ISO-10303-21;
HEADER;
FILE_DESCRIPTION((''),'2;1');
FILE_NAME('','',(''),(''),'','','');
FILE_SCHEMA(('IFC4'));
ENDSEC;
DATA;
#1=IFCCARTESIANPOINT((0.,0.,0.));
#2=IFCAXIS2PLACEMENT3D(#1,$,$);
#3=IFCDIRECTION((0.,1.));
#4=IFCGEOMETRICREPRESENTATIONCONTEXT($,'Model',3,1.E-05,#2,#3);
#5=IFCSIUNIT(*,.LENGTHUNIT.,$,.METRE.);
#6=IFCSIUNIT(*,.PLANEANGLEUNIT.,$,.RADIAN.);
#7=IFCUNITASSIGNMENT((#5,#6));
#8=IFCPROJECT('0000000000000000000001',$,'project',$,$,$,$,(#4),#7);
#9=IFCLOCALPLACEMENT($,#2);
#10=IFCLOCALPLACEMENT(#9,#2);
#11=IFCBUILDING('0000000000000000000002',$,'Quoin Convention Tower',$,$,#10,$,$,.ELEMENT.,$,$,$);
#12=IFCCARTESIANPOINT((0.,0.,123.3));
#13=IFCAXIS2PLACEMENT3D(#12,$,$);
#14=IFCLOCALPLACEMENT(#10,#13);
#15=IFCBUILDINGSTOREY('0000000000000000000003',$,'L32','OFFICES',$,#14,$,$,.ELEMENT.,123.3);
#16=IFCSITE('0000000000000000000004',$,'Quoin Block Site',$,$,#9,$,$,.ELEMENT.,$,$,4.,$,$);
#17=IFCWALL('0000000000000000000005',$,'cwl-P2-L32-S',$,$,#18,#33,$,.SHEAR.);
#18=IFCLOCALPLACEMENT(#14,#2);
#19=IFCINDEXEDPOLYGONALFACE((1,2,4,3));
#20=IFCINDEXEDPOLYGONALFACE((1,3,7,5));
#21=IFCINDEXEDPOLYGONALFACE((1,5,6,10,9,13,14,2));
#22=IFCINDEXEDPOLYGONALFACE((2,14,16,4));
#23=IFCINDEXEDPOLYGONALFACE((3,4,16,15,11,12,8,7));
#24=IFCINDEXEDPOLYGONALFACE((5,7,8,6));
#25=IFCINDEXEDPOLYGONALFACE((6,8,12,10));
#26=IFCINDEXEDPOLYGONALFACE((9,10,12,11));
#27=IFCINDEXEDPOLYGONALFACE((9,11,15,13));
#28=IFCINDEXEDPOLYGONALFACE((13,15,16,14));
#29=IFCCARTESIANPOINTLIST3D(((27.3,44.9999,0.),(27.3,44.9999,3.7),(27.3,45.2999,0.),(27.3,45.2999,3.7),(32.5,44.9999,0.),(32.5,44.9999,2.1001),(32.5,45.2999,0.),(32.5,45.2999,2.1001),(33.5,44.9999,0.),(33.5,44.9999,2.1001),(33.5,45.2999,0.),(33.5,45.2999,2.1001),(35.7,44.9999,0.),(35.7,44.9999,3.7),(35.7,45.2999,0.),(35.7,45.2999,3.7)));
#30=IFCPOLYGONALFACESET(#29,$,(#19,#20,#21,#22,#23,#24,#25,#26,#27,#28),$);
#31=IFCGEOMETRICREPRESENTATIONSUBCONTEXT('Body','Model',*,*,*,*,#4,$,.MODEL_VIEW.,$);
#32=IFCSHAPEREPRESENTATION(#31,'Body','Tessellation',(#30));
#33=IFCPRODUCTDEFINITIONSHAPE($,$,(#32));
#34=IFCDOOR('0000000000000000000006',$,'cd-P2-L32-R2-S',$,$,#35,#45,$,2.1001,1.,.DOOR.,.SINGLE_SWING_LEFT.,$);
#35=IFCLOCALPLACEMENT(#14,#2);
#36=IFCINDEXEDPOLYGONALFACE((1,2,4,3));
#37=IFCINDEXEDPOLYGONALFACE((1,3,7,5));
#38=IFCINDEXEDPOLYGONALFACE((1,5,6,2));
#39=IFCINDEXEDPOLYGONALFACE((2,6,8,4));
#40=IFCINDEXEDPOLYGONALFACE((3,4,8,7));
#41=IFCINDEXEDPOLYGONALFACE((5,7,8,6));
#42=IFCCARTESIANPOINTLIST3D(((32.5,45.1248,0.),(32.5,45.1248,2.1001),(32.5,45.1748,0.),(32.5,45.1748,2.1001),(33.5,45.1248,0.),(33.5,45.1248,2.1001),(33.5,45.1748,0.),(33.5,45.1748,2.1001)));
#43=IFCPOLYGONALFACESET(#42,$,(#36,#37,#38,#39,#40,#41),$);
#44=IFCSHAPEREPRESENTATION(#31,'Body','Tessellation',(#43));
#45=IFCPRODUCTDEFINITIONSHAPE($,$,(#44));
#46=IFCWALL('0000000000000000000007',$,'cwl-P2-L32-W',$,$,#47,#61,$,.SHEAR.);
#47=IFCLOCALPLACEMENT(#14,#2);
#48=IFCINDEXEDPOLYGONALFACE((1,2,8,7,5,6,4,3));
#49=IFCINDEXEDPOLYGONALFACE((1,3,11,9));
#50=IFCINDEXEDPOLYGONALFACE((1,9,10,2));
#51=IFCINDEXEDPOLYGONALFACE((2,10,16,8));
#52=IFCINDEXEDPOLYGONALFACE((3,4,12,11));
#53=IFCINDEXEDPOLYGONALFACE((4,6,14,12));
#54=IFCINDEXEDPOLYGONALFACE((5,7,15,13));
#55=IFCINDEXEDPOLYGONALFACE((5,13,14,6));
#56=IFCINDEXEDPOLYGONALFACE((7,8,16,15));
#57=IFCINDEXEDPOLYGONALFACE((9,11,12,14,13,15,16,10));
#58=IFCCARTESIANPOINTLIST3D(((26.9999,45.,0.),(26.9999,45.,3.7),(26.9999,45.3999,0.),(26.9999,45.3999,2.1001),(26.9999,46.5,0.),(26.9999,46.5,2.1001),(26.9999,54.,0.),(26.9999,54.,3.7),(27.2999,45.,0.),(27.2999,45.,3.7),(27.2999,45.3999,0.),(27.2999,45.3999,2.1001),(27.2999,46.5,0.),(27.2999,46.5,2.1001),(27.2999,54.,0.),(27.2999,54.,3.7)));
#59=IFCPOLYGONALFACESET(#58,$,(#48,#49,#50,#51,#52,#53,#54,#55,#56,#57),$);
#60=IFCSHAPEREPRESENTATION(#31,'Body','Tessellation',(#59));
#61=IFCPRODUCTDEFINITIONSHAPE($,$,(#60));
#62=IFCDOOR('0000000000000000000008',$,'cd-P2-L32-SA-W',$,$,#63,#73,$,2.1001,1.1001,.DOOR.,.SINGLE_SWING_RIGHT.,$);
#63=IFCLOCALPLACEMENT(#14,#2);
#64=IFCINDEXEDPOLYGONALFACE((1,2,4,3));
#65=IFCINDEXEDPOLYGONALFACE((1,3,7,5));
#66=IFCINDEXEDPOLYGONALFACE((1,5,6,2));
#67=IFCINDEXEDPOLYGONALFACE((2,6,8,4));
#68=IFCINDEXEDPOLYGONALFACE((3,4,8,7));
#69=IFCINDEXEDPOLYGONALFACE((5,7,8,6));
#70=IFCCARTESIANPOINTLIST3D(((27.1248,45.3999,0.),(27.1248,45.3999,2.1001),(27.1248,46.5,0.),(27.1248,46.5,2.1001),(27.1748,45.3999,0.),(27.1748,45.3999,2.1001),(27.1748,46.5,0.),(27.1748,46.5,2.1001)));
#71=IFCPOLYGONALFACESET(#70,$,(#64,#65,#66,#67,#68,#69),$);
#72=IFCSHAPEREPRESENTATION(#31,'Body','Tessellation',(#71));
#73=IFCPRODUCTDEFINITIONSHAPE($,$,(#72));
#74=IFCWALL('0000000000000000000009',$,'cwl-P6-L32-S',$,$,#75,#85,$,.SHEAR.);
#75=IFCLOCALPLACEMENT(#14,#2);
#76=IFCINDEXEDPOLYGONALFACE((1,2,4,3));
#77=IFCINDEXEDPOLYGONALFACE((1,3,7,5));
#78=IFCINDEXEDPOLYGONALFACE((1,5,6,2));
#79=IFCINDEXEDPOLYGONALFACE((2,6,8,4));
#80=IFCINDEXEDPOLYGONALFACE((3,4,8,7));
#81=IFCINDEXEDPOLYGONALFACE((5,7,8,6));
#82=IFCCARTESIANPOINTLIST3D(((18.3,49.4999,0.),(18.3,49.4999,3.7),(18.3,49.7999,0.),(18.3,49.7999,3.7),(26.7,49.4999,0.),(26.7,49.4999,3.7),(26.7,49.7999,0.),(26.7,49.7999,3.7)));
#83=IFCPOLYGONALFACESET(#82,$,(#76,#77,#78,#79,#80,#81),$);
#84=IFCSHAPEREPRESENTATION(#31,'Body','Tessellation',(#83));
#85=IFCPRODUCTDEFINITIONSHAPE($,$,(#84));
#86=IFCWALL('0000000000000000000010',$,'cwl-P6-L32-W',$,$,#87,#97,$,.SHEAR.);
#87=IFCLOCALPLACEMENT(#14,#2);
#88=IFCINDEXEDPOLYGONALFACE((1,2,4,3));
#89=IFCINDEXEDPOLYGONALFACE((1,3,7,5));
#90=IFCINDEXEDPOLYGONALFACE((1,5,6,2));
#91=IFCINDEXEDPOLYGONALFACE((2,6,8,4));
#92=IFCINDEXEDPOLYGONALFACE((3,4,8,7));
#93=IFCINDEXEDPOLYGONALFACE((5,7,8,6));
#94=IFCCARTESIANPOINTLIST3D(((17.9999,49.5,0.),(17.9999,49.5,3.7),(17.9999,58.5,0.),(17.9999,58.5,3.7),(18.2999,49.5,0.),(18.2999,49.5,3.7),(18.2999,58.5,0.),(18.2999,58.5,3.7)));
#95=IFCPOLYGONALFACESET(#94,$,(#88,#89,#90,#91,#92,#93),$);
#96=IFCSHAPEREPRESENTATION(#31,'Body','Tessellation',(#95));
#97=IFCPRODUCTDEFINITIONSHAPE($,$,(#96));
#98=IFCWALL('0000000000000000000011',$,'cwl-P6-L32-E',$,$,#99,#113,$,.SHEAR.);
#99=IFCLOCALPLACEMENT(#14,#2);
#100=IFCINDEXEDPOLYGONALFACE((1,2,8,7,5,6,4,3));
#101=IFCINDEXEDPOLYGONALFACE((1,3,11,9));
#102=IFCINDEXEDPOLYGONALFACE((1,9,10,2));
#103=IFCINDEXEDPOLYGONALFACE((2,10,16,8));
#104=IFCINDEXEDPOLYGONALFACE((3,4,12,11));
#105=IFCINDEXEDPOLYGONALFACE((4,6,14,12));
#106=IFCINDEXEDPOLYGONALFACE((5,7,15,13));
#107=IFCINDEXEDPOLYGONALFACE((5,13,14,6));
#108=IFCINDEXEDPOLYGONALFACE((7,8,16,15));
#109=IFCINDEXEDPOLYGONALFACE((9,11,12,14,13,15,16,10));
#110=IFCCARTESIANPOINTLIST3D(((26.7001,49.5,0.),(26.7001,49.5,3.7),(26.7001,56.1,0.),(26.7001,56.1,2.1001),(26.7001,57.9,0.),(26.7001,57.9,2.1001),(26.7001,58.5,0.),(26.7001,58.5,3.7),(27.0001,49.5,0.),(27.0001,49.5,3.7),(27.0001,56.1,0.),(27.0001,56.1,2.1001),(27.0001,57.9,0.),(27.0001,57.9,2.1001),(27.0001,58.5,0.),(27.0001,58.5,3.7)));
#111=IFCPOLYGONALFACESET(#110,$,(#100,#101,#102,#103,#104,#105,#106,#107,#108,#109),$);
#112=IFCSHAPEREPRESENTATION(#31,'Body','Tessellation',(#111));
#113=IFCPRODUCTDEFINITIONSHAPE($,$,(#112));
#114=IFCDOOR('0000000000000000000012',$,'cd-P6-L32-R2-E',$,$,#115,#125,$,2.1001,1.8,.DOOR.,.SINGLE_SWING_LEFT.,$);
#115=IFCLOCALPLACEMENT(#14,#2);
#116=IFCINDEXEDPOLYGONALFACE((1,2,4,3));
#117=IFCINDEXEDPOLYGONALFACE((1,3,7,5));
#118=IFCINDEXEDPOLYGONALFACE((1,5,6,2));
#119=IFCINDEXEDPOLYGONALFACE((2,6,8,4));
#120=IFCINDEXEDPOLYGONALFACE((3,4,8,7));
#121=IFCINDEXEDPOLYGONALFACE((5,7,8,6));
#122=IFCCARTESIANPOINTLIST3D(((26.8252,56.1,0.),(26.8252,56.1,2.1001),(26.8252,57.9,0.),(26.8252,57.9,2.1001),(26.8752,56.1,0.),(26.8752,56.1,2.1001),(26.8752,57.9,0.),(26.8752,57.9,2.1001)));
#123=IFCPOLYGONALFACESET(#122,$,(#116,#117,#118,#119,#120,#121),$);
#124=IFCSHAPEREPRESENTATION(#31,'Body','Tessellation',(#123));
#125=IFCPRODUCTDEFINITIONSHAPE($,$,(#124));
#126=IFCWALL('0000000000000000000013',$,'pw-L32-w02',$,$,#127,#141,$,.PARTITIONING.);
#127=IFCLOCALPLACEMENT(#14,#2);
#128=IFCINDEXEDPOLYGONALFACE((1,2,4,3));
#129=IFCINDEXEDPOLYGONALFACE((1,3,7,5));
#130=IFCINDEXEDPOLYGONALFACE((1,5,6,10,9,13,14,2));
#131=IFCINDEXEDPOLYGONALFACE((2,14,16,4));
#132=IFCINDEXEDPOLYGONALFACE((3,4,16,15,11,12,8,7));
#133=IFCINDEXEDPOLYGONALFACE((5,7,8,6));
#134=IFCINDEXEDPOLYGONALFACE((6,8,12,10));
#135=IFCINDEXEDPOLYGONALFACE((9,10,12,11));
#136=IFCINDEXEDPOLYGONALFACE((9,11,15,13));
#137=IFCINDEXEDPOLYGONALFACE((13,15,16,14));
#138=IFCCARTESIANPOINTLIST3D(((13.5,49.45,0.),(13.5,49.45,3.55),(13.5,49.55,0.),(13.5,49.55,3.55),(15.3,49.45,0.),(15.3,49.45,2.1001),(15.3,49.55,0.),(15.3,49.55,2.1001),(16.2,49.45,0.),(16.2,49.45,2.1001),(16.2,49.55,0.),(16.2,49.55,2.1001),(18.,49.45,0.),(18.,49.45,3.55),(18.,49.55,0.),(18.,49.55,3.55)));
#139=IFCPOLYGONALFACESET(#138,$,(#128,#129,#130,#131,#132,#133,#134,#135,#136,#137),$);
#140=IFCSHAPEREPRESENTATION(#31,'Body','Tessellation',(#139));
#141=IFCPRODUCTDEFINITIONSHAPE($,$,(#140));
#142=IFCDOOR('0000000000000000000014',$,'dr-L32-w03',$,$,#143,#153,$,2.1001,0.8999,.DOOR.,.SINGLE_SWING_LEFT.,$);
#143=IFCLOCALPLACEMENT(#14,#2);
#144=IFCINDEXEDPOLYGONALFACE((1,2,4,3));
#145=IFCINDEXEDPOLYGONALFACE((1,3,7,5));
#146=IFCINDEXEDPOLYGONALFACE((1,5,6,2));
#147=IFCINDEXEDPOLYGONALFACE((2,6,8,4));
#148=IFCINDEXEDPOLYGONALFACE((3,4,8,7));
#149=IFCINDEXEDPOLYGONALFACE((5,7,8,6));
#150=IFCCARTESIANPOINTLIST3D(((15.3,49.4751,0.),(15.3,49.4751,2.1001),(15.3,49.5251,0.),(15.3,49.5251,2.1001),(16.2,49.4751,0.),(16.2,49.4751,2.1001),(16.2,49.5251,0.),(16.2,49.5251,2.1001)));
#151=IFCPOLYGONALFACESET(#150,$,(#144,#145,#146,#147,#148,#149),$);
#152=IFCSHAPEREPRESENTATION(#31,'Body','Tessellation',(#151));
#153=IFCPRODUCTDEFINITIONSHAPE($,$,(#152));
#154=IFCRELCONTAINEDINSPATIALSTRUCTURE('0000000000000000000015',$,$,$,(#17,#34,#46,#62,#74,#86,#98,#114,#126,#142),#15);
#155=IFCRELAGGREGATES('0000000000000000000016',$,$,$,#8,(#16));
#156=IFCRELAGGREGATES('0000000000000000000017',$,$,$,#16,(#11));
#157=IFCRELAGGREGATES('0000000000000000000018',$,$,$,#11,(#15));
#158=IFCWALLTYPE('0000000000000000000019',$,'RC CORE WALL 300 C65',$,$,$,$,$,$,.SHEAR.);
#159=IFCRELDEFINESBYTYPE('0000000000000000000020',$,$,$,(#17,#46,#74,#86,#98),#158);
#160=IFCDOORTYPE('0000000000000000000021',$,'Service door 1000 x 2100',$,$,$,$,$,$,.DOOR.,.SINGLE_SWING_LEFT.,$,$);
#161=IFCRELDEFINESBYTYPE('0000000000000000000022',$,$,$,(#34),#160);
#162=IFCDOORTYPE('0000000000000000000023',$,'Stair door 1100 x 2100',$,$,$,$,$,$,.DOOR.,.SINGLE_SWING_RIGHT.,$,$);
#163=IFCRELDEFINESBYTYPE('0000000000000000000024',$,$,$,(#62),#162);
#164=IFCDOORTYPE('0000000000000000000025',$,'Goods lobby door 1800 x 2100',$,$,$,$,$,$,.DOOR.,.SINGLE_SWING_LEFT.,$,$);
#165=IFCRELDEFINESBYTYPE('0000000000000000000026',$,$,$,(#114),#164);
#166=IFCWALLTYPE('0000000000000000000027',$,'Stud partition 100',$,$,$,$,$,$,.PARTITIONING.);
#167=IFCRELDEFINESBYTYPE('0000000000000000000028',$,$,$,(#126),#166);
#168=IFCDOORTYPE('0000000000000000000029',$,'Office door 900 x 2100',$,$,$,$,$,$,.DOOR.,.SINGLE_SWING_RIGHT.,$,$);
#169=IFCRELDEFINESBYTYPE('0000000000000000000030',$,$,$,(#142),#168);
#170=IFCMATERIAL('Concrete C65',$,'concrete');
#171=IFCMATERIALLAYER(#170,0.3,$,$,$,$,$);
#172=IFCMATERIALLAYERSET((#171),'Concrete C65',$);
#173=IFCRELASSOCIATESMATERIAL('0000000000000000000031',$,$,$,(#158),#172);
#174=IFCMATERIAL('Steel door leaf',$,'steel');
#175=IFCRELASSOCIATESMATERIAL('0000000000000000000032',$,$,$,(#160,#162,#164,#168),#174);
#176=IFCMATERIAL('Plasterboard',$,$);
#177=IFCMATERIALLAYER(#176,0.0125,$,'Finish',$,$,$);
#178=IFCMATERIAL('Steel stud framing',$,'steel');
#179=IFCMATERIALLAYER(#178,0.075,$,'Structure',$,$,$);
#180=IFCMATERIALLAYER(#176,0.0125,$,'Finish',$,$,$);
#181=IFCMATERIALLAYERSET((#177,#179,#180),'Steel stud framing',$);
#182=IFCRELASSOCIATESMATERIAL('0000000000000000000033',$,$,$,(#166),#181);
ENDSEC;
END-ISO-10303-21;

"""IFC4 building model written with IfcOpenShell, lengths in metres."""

from ifc_helpers import new_model, si_unit, direction, frame, frame_2d, origin, place, context, subcontext, project, spatial, rectangle, extrude, material, layer, layer_set, type_object, element, fill, save


model = new_model("IFC4")

# Units and contexts
model_context = context("Model", 3, precision=1e-05, world=origin(), true_north=direction((0.0, 1.0)))
body_context = subcontext(model_context, "Body", "Model", "MODEL_VIEW")
ifc_project = project(units=[si_unit("LENGTHUNIT", "METRE"), si_unit("PLANEANGLEUNIT", "RADIAN")], contexts=[model_context])

# Site, building, storey
site_placement = place(None, origin())
site = spatial("IfcSite", under=ifc_project, at=site_placement, Name="Quoin Block Site", CompositionType="ELEMENT", RefElevation=4.0)
building_placement = place(site_placement, origin())
building = spatial("IfcBuilding", under=site, at=building_placement, Name="Quoin Convention Tower", CompositionType="ELEMENT")
storey_placement = place(building_placement, frame((0.0, 0.0, 123.3)))
storey = spatial("IfcBuildingStorey", under=building, at=storey_placement, Name="L32", Description="OFFICES", CompositionType="ELEMENT", Elevation=123.3)

# Shared definitions
ifc_material_1 = material(Name="Concrete C65", Category="concrete")

# Shared definitions
ifc_material_2 = material(Name="Plasterboard")
ifc_material_3 = material(Name="Steel stud framing", Category="steel")

# Walls, openings, doors
ifc_layer_1 = layer(ifc_material_1, 0.3)
ifc_layer_set_1 = layer_set([ifc_layer_1], Name="Concrete C65")
wall_type_1 = type_object("IfcWallType", Name="RC CORE WALL 300 C65", PredefinedType="SHEAR", material=ifc_layer_set_1)
wall_1_placement = place(storey_placement, frame((27.3, 45.1499, 0.0), z_axis=(0.0, 0.0, 1.0), x_axis=(1.0, 0.0, 0.0)))
wall_1 = element("IfcWall", 1, at=wall_1_placement, inside=storey, type_object=wall_type_1, Name="cwl-P2-L32-S", PredefinedType="SHEAR", context=body_context, shape_type="SweptSolid", body=[
    extrude(rectangle(XDim=8.3999, YDim=0.3, at=frame_2d((4.2, 0.0))), origin(), (0.0, 0.0, 1.0), 3.7),
])
opening_1_placement = place(wall_1_placement, frame((5.2, 0.0, 0.0)))
opening_1 = element("IfcOpeningElement", 2, at=opening_1_placement, cuts=wall_1, PredefinedType="OPENING", context=body_context, shape_type="SweptSolid", body=[
    extrude(rectangle(XDim=1.0, YDim=2.1001, at=frame_2d((0.5, 1.05))), frame((0.0, 0.1599, 0.0), z_axis=(0.0, -1.0, 0.0), x_axis=(1.0, 0.0, 0.0)), (0.0, 0.0, 1.0), 0.3201),
])
ifc_material_4 = material(Name="Steel door leaf", Category="steel")
door_type_1 = type_object("IfcDoorType", Name="Service door 1000 x 2100", OperationType="SINGLE_SWING_LEFT", PredefinedType="DOOR", material=ifc_material_4)
door_1_placement = place(opening_1_placement, origin())
door_1 = element("IfcDoor", 3, at=door_1_placement, inside=storey, type_object=door_type_1, Name="cd-P2-L32-R2-S", OperationType="SINGLE_SWING_LEFT", OverallHeight=2.1001, OverallWidth=1.0, PredefinedType="DOOR", context=body_context, shape_type="SweptSolid", body=[
    extrude(rectangle(XDim=1.0, YDim=2.1001, at=frame_2d((0.5, 1.05))), frame((0.0, 0.0249, 0.0), z_axis=(0.0, -1.0, 0.0), x_axis=(1.0, 0.0, 0.0)), (0.0, 0.0, 1.0), 0.05),
])
fill(opening_1, door_1)
wall_2_placement = place(storey_placement, frame((27.1499, 45.0, 0.0), z_axis=(0.0, 0.0, 1.0), x_axis=(0.0, 1.0, 0.0)))
wall_2 = element("IfcWall", 4, at=wall_2_placement, inside=storey, type_object=wall_type_1, Name="cwl-P2-L32-W", PredefinedType="SHEAR", context=body_context, shape_type="SweptSolid", body=[
    extrude(rectangle(XDim=9.0, YDim=0.3, at=frame_2d((4.5, 0.0))), origin(), (0.0, 0.0, 1.0), 3.7),
])
opening_2_placement = place(wall_2_placement, frame((0.3999, 0.0, 0.0)))
opening_2 = element("IfcOpeningElement", 5, at=opening_2_placement, cuts=wall_2, PredefinedType="OPENING", context=body_context, shape_type="SweptSolid", body=[
    extrude(rectangle(XDim=1.1001, YDim=2.1001, at=frame_2d((0.55, 1.05))), frame((0.0, 0.1599, 0.0), z_axis=(0.0, -1.0, 0.0), x_axis=(1.0, 0.0, 0.0)), (0.0, 0.0, 1.0), 0.3201),
])
door_type_2 = type_object("IfcDoorType", Name="Stair door 1100 x 2100", OperationType="SINGLE_SWING_RIGHT", PredefinedType="DOOR", material=ifc_material_4)
door_2_placement = place(opening_2_placement, frame((1.1001, 0.0, 0.0), z_axis=(0.0, 0.0, 1.0), x_axis=(-1.0, 0.0, 0.0)))
door_2 = element("IfcDoor", 6, at=door_2_placement, inside=storey, type_object=door_type_2, Name="cd-P2-L32-SA-W", OperationType="SINGLE_SWING_RIGHT", OverallHeight=2.1001, OverallWidth=1.1001, PredefinedType="DOOR", context=body_context, shape_type="SweptSolid", body=[
    extrude(rectangle(XDim=1.1001, YDim=2.1001, at=frame_2d((0.55, 1.05))), frame((0.0, 0.0249, 0.0), z_axis=(0.0, -1.0, 0.0), x_axis=(1.0, 0.0, 0.0)), (0.0, 0.0, 1.0), 0.05),
])
fill(opening_2, door_2)

# Walls
wall_3_placement = place(storey_placement, frame((18.3, 49.6499, 0.0), z_axis=(0.0, 0.0, 1.0), x_axis=(1.0, 0.0, 0.0)))
element("IfcWall", 7, at=wall_3_placement, inside=storey, type_object=wall_type_1, Name="cwl-P6-L32-S", PredefinedType="SHEAR", context=body_context, shape_type="SweptSolid", body=[
    extrude(rectangle(XDim=8.3999, YDim=0.3, at=frame_2d((4.2, 0.0))), origin(), (0.0, 0.0, 1.0), 3.7),
])
wall_4_placement = place(storey_placement, frame((18.1499, 49.5, 0.0), z_axis=(0.0, 0.0, 1.0), x_axis=(0.0, 1.0, 0.0)))
element("IfcWall", 8, at=wall_4_placement, inside=storey, type_object=wall_type_1, Name="cwl-P6-L32-W", PredefinedType="SHEAR", context=body_context, shape_type="SweptSolid", body=[
    extrude(rectangle(XDim=9.0, YDim=0.3, at=frame_2d((4.5, 0.0))), origin(), (0.0, 0.0, 1.0), 3.7),
])

# Walls, openings, doors
wall_5_placement = place(storey_placement, frame((26.8501, 49.5, 0.0), z_axis=(0.0, 0.0, 1.0), x_axis=(0.0, 1.0, 0.0)))
wall_5 = element("IfcWall", 9, at=wall_5_placement, inside=storey, type_object=wall_type_1, Name="cwl-P6-L32-E", PredefinedType="SHEAR", context=body_context, shape_type="SweptSolid", body=[
    extrude(rectangle(XDim=9.0, YDim=0.3, at=frame_2d((4.5, 0.0))), origin(), (0.0, 0.0, 1.0), 3.7),
])
opening_3_placement = place(wall_5_placement, frame((6.6001, 0.0, 0.0)))
opening_3 = element("IfcOpeningElement", 10, at=opening_3_placement, cuts=wall_5, PredefinedType="OPENING", context=body_context, shape_type="SweptSolid", body=[
    extrude(rectangle(XDim=1.8, YDim=2.1001, at=frame_2d((0.8999, 1.05))), frame((0.0, 0.1599, 0.0), z_axis=(0.0, -1.0, 0.0), x_axis=(1.0, 0.0, 0.0)), (0.0, 0.0, 1.0), 0.3201),
])
door_type_3 = type_object("IfcDoorType", Name="Goods lobby door 1800 x 2100", OperationType="SINGLE_SWING_LEFT", PredefinedType="DOOR", material=ifc_material_4)
door_3_placement = place(opening_3_placement, origin())
door_3 = element("IfcDoor", 11, at=door_3_placement, inside=storey, type_object=door_type_3, Name="cd-P6-L32-R2-E", OperationType="SINGLE_SWING_LEFT", OverallHeight=2.1001, OverallWidth=1.8, PredefinedType="DOOR", context=body_context, shape_type="SweptSolid", body=[
    extrude(rectangle(XDim=1.8, YDim=2.1001, at=frame_2d((0.8999, 1.05))), frame((0.0, 0.0249, 0.0), z_axis=(0.0, -1.0, 0.0), x_axis=(1.0, 0.0, 0.0)), (0.0, 0.0, 1.0), 0.05),
])
fill(opening_3, door_3)
ifc_layer_2 = layer(ifc_material_2, 0.0125, Name="Finish")
ifc_layer_3 = layer(ifc_material_3, 0.075, Name="Structure")
ifc_layer_4 = layer(ifc_material_2, 0.0125, Name="Finish")
ifc_layer_set_2 = layer_set([ifc_layer_2, ifc_layer_3, ifc_layer_4], Name="Steel stud framing")
wall_type_2 = type_object("IfcWallType", Name="Stud partition 100", PredefinedType="PARTITIONING", material=ifc_layer_set_2)
wall_6_placement = place(storey_placement, frame((13.5, 49.5, 0.0), z_axis=(0.0, 0.0, 1.0), x_axis=(1.0, 0.0, 0.0)))
wall_6 = element("IfcWall", 12, at=wall_6_placement, inside=storey, type_object=wall_type_2, Name="pw-L32-w02", PredefinedType="PARTITIONING", context=body_context, shape_type="SweptSolid", body=[
    extrude(rectangle(XDim=4.5, YDim=0.1001, at=frame_2d((2.25, 0.0))), origin(), (0.0, 0.0, 1.0), 3.55),
])
opening_4_placement = place(wall_6_placement, frame((1.8, 0.0, 0.0)))
opening_4 = element("IfcOpeningElement", 13, at=opening_4_placement, cuts=wall_6, PredefinedType="OPENING", context=body_context, shape_type="SweptSolid", body=[
    extrude(rectangle(XDim=0.8999, YDim=2.1001, at=frame_2d((0.45, 1.05))), frame((0.0, 0.0601, 0.0), z_axis=(0.0, -1.0, 0.0), x_axis=(1.0, 0.0, 0.0)), (0.0, 0.0, 1.0), 0.1201),
])
door_type_4 = type_object("IfcDoorType", Name="Office door 900 x 2100", OperationType="SINGLE_SWING_RIGHT", PredefinedType="DOOR", material=ifc_material_4)
door_4_placement = place(opening_4_placement, frame((0.8999, 0.0, 0.0), z_axis=(0.0, 0.0, 1.0), x_axis=(-1.0, 0.0, 0.0)))
door_4 = element("IfcDoor", 14, at=door_4_placement, inside=storey, type_object=door_type_4, Name="dr-L32-w03", OperationType="SINGLE_SWING_LEFT", OverallHeight=2.1001, OverallWidth=0.8999, PredefinedType="DOOR", context=body_context, shape_type="SweptSolid", body=[
    extrude(rectangle(XDim=0.8999, YDim=2.1001, at=frame_2d((0.45, 1.05))), frame((0.0, 0.0249, 0.0), z_axis=(0.0, -1.0, 0.0), x_axis=(1.0, 0.0, 0.0)), (0.0, 0.0, 1.0), 0.05),
])
fill(opening_4, door_4)

save(model, "model.ifc")
